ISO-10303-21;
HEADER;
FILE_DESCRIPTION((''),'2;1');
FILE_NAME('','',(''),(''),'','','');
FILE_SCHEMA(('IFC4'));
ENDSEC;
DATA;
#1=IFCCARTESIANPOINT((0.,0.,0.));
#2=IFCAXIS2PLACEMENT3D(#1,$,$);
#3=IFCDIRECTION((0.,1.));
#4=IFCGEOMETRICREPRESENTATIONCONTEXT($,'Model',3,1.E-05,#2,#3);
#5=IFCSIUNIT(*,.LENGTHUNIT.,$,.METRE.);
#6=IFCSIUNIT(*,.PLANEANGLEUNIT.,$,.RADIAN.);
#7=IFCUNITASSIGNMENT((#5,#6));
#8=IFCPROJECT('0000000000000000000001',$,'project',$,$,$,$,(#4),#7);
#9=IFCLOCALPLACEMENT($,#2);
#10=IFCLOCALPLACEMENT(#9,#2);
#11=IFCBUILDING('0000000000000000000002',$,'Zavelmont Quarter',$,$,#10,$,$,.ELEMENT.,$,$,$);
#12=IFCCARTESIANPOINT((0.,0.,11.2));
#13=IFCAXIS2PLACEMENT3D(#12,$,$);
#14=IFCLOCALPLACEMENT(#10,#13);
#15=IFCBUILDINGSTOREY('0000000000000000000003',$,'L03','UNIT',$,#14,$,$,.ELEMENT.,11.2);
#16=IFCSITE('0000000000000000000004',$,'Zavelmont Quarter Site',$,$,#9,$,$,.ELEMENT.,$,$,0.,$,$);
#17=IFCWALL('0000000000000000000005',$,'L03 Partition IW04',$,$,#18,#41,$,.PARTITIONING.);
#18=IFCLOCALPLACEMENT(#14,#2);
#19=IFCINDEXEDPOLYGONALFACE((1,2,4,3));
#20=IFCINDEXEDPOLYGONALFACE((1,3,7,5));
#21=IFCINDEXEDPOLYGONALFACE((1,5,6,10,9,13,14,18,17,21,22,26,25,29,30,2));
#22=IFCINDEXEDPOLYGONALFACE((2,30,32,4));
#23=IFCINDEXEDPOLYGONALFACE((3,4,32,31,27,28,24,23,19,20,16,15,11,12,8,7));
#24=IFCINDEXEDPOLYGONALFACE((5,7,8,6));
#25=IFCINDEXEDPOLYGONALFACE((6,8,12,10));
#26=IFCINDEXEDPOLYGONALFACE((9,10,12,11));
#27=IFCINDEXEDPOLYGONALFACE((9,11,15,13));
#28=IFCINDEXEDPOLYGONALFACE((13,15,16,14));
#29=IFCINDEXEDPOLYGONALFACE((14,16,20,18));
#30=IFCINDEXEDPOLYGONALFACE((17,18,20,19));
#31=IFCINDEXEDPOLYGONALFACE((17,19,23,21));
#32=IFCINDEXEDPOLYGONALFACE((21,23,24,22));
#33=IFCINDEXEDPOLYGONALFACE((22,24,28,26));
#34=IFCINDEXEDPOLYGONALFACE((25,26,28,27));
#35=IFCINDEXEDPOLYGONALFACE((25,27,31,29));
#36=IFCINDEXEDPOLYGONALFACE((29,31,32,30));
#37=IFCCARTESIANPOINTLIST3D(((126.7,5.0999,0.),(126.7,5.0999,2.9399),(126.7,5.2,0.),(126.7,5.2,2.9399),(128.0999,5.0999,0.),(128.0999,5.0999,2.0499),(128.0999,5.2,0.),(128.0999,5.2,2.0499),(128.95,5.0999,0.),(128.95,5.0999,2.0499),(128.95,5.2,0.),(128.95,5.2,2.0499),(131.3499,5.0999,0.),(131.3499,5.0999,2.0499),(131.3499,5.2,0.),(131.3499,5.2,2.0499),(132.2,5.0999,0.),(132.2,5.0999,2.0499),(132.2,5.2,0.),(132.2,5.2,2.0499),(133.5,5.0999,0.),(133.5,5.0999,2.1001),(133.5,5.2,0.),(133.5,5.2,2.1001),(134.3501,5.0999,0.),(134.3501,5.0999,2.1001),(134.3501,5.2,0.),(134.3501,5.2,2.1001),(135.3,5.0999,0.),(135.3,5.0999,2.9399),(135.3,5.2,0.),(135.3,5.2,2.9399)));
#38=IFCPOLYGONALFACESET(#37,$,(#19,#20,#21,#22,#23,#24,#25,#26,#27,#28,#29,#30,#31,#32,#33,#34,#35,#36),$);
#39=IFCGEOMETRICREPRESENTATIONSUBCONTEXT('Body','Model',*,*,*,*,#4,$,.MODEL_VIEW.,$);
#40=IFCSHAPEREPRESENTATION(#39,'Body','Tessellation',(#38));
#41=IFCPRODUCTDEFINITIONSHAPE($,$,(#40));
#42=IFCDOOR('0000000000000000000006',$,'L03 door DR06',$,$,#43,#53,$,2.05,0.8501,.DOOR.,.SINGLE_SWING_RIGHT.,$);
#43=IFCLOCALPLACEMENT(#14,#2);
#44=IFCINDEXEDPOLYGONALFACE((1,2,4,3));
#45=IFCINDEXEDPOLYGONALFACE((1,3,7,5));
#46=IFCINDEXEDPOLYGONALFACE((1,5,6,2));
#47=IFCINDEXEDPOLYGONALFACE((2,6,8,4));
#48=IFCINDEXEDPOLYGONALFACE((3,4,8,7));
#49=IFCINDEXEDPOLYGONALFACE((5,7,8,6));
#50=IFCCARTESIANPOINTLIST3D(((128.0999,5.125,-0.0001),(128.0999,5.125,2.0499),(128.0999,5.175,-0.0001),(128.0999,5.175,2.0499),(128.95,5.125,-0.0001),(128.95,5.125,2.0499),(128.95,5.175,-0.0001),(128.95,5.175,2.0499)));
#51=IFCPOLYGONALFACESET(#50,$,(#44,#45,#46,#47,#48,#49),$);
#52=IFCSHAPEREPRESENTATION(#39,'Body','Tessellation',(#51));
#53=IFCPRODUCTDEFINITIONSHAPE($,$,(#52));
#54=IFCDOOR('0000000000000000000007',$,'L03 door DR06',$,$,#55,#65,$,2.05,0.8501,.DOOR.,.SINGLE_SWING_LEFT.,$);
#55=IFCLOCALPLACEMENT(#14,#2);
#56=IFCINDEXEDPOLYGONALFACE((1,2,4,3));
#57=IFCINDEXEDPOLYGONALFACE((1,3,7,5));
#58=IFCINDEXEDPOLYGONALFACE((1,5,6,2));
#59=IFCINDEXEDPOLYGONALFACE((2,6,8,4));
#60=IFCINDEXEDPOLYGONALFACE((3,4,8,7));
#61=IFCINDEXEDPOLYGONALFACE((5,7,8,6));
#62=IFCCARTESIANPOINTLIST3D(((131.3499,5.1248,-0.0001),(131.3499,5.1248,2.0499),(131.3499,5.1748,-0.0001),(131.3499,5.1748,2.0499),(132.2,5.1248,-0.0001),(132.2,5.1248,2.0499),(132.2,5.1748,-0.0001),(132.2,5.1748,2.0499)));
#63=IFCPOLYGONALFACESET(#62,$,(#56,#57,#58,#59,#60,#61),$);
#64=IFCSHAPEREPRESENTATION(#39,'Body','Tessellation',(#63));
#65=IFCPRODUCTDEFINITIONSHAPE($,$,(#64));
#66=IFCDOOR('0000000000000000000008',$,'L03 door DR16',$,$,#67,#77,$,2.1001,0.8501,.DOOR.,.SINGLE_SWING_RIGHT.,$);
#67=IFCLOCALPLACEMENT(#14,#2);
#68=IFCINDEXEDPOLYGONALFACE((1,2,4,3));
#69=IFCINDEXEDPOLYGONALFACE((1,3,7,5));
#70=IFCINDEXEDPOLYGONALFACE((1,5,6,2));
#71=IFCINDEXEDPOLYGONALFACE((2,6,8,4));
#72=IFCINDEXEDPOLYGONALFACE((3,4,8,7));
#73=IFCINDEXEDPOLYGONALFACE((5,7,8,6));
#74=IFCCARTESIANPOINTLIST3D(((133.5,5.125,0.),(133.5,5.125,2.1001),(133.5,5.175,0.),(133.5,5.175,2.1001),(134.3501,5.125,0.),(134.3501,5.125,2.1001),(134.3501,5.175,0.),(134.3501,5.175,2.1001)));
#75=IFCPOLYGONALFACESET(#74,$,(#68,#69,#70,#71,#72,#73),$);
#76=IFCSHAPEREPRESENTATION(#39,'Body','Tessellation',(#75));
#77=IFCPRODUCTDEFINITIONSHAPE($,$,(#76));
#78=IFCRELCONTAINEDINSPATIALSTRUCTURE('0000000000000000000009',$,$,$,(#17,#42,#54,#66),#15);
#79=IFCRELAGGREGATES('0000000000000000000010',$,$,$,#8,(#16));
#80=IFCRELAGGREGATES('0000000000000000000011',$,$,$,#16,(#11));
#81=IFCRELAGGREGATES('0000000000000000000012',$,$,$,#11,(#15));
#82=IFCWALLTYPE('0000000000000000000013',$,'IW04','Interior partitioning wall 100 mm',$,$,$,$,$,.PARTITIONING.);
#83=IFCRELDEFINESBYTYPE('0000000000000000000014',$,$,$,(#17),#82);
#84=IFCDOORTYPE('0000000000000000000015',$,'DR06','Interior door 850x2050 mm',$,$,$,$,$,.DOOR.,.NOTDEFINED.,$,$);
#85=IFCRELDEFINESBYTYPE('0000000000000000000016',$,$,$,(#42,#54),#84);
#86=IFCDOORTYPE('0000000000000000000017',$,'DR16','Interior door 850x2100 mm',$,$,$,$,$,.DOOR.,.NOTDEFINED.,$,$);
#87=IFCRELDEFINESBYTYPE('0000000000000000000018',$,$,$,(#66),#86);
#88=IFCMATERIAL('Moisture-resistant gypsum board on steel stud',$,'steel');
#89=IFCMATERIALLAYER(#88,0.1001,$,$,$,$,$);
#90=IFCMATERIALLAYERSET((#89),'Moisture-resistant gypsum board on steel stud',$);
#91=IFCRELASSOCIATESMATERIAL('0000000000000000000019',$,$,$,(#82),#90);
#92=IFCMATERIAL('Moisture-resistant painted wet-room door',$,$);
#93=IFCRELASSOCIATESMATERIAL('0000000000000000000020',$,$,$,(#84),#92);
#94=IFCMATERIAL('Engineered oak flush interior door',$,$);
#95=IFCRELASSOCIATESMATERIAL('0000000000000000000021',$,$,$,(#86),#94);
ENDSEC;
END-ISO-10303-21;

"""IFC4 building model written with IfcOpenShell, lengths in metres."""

from ifc_helpers import new_model, si_unit, direction, frame, frame_2d, origin, origin_with_axes, place, context, subcontext, project, spatial, rectangle, extrude, material, layer, layer_set, type_object, element, fill, save


model = new_model("IFC4")

# Units and contexts
model_context = context("Model", 3, precision=1e-05, world=origin(), true_north=direction((0.0, 1.0)))
body_context = subcontext(model_context, "Body", "Model", "MODEL_VIEW")
ifc_project = project(units=[si_unit("LENGTHUNIT", "METRE"), si_unit("PLANEANGLEUNIT", "RADIAN")], contexts=[model_context])

# Site, building, storey
site_placement = place(None, origin())
site = spatial("IfcSite", under=ifc_project, at=site_placement, Name="Zavelmont Quarter Site", CompositionType="ELEMENT", RefElevation=0.0)
building_placement = place(site_placement, origin())
building = spatial("IfcBuilding", under=site, at=building_placement, Name="Zavelmont Quarter", CompositionType="ELEMENT")
storey_placement = place(building_placement, frame((0.0, 0.0, 11.2)))
storey = spatial("IfcBuildingStorey", under=building, at=storey_placement, Name="L03", Description="UNIT", CompositionType="ELEMENT", Elevation=11.2)

# Shared definitions
ifc_material_1 = material(Name="Engineered oak flush interior door")

# Shared definitions
ifc_material_2 = material(Name="Moisture-resistant gypsum board on steel stud", Category="steel")
ifc_layer_1 = layer(ifc_material_2, 0.1001)
ifc_layer_set_1 = layer_set([ifc_layer_1], Name="Moisture-resistant gypsum board on steel stud")
wall_type_1 = type_object("IfcWallType", Name="IW04", Description="Interior partitioning wall 100 mm", PredefinedType="PARTITIONING", material=ifc_layer_set_1)

# Wall, openings, doors
wall_1_placement = place(storey_placement, frame((126.7, 5.1499, 0.0), z_axis=(0.0, 0.0, 1.0), x_axis=(1.0, 0.0, 0.0)))
wall_1 = element("IfcWall", 1, at=wall_1_placement, inside=storey, type_object=wall_type_1, Name="L03 Partition IW04", PredefinedType="PARTITIONING", context=body_context, shape_type="SweptSolid", body=[
    extrude(rectangle(XDim=8.6001, YDim=0.1001, at=frame_2d((4.3, 0.0))), origin(), (0.0, 0.0, 1.0), 2.9399),
])
opening_1_placement = place(wall_1_placement, frame((1.3999, 0.0, 0.0)))
opening_1 = element("IfcOpeningElement", 2, at=opening_1_placement, cuts=wall_1, PredefinedType="OPENING", context=body_context, shape_type="SweptSolid", body=[
    extrude(rectangle(XDim=0.8501, YDim=2.05, at=frame_2d((0.425, 1.0249))), frame((0.0, 0.062, 0.0), z_axis=(0.0, -1.0, 0.0), x_axis=(1.0, 0.0, 0.0)), (0.0, 0.0, 1.0), 0.124),
])
opening_2_placement = place(wall_1_placement, frame((4.6499, 0.0, 0.0)))
opening_2 = element("IfcOpeningElement", 3, at=opening_2_placement, cuts=wall_1, PredefinedType="OPENING", context=body_context, shape_type="SweptSolid", body=[
    extrude(rectangle(XDim=0.8501, YDim=2.05, at=frame_2d((0.425, 1.0249))), frame((0.0, 0.062, 0.0), z_axis=(0.0, -1.0, 0.0), x_axis=(1.0, 0.0, 0.0)), (0.0, 0.0, 1.0), 0.124),
])
opening_3_placement = place(wall_1_placement, frame((6.8, 0.0, 0.0)))
opening_3 = element("IfcOpeningElement", 4, at=opening_3_placement, cuts=wall_1, PredefinedType="OPENING", context=body_context, shape_type="SweptSolid", body=[
    extrude(rectangle(XDim=0.8501, YDim=2.1001, at=frame_2d((0.425, 1.05))), frame((0.0, 0.062, 0.0), z_axis=(0.0, -1.0, 0.0), x_axis=(1.0, 0.0, 0.0)), (0.0, 0.0, 1.0), 0.124),
])
ifc_material_3 = material(Name="Moisture-resistant painted wet-room door")
door_type_1 = type_object("IfcDoorType", Name="DR06", Description="Interior door 850x2050 mm", OperationType="NOTDEFINED", PredefinedType="DOOR", material=ifc_material_3)
door_1_placement = place(opening_1_placement, frame((0.8501, 0.0, 0.0), z_axis=(0.0, 0.0, 1.0), x_axis=(-1.0, 0.0, 0.0)))
door_1 = element("IfcDoor", 5, at=door_1_placement, inside=storey, type_object=door_type_1, Name="L03 door DR06", OperationType="SINGLE_SWING_RIGHT", OverallHeight=2.05, OverallWidth=0.8501, PredefinedType="DOOR", context=body_context, shape_type="SweptSolid", body=[
    extrude(rectangle(XDim=0.8501, YDim=2.05, at=frame_2d((0.425, 1.0249))), frame((0.0, 0.0249, 0.0), z_axis=(0.0, -1.0, 0.0), x_axis=(1.0, 0.0, 0.0)), (0.0, 0.0, 1.0), 0.05),
])
fill(opening_1, door_1)
door_2_placement = place(opening_2_placement, origin_with_axes())
door_2 = element("IfcDoor", 6, at=door_2_placement, inside=storey, type_object=door_type_1, Name="L03 door DR06", OperationType="SINGLE_SWING_LEFT", OverallHeight=2.05, OverallWidth=0.8501, PredefinedType="DOOR", context=body_context, shape_type="SweptSolid", body=[
    extrude(rectangle(XDim=0.8501, YDim=2.05, at=frame_2d((0.425, 1.0249))), frame((0.0, 0.0249, 0.0), z_axis=(0.0, -1.0, 0.0), x_axis=(1.0, 0.0, 0.0)), (0.0, 0.0, 1.0), 0.05),
])
fill(opening_2, door_2)
door_type_2 = type_object("IfcDoorType", Name="DR16", Description="Interior door 850x2100 mm", OperationType="NOTDEFINED", PredefinedType="DOOR", material=ifc_material_1)
door_3_placement = place(opening_3_placement, frame((0.8501, 0.0, 0.0), z_axis=(0.0, 0.0, 1.0), x_axis=(-1.0, 0.0, 0.0)))
door_3 = element("IfcDoor", 7, at=door_3_placement, inside=storey, type_object=door_type_2, Name="L03 door DR16", OperationType="SINGLE_SWING_RIGHT", OverallHeight=2.1001, OverallWidth=0.8501, PredefinedType="DOOR", context=body_context, shape_type="SweptSolid", body=[
    extrude(rectangle(XDim=0.8501, YDim=2.1001, at=frame_2d((0.425, 1.05))), frame((0.0, 0.0249, 0.0), z_axis=(0.0, -1.0, 0.0), x_axis=(1.0, 0.0, 0.0)), (0.0, 0.0, 1.0), 0.05),
])
fill(opening_3, door_3)

save(model, "model.ifc")
